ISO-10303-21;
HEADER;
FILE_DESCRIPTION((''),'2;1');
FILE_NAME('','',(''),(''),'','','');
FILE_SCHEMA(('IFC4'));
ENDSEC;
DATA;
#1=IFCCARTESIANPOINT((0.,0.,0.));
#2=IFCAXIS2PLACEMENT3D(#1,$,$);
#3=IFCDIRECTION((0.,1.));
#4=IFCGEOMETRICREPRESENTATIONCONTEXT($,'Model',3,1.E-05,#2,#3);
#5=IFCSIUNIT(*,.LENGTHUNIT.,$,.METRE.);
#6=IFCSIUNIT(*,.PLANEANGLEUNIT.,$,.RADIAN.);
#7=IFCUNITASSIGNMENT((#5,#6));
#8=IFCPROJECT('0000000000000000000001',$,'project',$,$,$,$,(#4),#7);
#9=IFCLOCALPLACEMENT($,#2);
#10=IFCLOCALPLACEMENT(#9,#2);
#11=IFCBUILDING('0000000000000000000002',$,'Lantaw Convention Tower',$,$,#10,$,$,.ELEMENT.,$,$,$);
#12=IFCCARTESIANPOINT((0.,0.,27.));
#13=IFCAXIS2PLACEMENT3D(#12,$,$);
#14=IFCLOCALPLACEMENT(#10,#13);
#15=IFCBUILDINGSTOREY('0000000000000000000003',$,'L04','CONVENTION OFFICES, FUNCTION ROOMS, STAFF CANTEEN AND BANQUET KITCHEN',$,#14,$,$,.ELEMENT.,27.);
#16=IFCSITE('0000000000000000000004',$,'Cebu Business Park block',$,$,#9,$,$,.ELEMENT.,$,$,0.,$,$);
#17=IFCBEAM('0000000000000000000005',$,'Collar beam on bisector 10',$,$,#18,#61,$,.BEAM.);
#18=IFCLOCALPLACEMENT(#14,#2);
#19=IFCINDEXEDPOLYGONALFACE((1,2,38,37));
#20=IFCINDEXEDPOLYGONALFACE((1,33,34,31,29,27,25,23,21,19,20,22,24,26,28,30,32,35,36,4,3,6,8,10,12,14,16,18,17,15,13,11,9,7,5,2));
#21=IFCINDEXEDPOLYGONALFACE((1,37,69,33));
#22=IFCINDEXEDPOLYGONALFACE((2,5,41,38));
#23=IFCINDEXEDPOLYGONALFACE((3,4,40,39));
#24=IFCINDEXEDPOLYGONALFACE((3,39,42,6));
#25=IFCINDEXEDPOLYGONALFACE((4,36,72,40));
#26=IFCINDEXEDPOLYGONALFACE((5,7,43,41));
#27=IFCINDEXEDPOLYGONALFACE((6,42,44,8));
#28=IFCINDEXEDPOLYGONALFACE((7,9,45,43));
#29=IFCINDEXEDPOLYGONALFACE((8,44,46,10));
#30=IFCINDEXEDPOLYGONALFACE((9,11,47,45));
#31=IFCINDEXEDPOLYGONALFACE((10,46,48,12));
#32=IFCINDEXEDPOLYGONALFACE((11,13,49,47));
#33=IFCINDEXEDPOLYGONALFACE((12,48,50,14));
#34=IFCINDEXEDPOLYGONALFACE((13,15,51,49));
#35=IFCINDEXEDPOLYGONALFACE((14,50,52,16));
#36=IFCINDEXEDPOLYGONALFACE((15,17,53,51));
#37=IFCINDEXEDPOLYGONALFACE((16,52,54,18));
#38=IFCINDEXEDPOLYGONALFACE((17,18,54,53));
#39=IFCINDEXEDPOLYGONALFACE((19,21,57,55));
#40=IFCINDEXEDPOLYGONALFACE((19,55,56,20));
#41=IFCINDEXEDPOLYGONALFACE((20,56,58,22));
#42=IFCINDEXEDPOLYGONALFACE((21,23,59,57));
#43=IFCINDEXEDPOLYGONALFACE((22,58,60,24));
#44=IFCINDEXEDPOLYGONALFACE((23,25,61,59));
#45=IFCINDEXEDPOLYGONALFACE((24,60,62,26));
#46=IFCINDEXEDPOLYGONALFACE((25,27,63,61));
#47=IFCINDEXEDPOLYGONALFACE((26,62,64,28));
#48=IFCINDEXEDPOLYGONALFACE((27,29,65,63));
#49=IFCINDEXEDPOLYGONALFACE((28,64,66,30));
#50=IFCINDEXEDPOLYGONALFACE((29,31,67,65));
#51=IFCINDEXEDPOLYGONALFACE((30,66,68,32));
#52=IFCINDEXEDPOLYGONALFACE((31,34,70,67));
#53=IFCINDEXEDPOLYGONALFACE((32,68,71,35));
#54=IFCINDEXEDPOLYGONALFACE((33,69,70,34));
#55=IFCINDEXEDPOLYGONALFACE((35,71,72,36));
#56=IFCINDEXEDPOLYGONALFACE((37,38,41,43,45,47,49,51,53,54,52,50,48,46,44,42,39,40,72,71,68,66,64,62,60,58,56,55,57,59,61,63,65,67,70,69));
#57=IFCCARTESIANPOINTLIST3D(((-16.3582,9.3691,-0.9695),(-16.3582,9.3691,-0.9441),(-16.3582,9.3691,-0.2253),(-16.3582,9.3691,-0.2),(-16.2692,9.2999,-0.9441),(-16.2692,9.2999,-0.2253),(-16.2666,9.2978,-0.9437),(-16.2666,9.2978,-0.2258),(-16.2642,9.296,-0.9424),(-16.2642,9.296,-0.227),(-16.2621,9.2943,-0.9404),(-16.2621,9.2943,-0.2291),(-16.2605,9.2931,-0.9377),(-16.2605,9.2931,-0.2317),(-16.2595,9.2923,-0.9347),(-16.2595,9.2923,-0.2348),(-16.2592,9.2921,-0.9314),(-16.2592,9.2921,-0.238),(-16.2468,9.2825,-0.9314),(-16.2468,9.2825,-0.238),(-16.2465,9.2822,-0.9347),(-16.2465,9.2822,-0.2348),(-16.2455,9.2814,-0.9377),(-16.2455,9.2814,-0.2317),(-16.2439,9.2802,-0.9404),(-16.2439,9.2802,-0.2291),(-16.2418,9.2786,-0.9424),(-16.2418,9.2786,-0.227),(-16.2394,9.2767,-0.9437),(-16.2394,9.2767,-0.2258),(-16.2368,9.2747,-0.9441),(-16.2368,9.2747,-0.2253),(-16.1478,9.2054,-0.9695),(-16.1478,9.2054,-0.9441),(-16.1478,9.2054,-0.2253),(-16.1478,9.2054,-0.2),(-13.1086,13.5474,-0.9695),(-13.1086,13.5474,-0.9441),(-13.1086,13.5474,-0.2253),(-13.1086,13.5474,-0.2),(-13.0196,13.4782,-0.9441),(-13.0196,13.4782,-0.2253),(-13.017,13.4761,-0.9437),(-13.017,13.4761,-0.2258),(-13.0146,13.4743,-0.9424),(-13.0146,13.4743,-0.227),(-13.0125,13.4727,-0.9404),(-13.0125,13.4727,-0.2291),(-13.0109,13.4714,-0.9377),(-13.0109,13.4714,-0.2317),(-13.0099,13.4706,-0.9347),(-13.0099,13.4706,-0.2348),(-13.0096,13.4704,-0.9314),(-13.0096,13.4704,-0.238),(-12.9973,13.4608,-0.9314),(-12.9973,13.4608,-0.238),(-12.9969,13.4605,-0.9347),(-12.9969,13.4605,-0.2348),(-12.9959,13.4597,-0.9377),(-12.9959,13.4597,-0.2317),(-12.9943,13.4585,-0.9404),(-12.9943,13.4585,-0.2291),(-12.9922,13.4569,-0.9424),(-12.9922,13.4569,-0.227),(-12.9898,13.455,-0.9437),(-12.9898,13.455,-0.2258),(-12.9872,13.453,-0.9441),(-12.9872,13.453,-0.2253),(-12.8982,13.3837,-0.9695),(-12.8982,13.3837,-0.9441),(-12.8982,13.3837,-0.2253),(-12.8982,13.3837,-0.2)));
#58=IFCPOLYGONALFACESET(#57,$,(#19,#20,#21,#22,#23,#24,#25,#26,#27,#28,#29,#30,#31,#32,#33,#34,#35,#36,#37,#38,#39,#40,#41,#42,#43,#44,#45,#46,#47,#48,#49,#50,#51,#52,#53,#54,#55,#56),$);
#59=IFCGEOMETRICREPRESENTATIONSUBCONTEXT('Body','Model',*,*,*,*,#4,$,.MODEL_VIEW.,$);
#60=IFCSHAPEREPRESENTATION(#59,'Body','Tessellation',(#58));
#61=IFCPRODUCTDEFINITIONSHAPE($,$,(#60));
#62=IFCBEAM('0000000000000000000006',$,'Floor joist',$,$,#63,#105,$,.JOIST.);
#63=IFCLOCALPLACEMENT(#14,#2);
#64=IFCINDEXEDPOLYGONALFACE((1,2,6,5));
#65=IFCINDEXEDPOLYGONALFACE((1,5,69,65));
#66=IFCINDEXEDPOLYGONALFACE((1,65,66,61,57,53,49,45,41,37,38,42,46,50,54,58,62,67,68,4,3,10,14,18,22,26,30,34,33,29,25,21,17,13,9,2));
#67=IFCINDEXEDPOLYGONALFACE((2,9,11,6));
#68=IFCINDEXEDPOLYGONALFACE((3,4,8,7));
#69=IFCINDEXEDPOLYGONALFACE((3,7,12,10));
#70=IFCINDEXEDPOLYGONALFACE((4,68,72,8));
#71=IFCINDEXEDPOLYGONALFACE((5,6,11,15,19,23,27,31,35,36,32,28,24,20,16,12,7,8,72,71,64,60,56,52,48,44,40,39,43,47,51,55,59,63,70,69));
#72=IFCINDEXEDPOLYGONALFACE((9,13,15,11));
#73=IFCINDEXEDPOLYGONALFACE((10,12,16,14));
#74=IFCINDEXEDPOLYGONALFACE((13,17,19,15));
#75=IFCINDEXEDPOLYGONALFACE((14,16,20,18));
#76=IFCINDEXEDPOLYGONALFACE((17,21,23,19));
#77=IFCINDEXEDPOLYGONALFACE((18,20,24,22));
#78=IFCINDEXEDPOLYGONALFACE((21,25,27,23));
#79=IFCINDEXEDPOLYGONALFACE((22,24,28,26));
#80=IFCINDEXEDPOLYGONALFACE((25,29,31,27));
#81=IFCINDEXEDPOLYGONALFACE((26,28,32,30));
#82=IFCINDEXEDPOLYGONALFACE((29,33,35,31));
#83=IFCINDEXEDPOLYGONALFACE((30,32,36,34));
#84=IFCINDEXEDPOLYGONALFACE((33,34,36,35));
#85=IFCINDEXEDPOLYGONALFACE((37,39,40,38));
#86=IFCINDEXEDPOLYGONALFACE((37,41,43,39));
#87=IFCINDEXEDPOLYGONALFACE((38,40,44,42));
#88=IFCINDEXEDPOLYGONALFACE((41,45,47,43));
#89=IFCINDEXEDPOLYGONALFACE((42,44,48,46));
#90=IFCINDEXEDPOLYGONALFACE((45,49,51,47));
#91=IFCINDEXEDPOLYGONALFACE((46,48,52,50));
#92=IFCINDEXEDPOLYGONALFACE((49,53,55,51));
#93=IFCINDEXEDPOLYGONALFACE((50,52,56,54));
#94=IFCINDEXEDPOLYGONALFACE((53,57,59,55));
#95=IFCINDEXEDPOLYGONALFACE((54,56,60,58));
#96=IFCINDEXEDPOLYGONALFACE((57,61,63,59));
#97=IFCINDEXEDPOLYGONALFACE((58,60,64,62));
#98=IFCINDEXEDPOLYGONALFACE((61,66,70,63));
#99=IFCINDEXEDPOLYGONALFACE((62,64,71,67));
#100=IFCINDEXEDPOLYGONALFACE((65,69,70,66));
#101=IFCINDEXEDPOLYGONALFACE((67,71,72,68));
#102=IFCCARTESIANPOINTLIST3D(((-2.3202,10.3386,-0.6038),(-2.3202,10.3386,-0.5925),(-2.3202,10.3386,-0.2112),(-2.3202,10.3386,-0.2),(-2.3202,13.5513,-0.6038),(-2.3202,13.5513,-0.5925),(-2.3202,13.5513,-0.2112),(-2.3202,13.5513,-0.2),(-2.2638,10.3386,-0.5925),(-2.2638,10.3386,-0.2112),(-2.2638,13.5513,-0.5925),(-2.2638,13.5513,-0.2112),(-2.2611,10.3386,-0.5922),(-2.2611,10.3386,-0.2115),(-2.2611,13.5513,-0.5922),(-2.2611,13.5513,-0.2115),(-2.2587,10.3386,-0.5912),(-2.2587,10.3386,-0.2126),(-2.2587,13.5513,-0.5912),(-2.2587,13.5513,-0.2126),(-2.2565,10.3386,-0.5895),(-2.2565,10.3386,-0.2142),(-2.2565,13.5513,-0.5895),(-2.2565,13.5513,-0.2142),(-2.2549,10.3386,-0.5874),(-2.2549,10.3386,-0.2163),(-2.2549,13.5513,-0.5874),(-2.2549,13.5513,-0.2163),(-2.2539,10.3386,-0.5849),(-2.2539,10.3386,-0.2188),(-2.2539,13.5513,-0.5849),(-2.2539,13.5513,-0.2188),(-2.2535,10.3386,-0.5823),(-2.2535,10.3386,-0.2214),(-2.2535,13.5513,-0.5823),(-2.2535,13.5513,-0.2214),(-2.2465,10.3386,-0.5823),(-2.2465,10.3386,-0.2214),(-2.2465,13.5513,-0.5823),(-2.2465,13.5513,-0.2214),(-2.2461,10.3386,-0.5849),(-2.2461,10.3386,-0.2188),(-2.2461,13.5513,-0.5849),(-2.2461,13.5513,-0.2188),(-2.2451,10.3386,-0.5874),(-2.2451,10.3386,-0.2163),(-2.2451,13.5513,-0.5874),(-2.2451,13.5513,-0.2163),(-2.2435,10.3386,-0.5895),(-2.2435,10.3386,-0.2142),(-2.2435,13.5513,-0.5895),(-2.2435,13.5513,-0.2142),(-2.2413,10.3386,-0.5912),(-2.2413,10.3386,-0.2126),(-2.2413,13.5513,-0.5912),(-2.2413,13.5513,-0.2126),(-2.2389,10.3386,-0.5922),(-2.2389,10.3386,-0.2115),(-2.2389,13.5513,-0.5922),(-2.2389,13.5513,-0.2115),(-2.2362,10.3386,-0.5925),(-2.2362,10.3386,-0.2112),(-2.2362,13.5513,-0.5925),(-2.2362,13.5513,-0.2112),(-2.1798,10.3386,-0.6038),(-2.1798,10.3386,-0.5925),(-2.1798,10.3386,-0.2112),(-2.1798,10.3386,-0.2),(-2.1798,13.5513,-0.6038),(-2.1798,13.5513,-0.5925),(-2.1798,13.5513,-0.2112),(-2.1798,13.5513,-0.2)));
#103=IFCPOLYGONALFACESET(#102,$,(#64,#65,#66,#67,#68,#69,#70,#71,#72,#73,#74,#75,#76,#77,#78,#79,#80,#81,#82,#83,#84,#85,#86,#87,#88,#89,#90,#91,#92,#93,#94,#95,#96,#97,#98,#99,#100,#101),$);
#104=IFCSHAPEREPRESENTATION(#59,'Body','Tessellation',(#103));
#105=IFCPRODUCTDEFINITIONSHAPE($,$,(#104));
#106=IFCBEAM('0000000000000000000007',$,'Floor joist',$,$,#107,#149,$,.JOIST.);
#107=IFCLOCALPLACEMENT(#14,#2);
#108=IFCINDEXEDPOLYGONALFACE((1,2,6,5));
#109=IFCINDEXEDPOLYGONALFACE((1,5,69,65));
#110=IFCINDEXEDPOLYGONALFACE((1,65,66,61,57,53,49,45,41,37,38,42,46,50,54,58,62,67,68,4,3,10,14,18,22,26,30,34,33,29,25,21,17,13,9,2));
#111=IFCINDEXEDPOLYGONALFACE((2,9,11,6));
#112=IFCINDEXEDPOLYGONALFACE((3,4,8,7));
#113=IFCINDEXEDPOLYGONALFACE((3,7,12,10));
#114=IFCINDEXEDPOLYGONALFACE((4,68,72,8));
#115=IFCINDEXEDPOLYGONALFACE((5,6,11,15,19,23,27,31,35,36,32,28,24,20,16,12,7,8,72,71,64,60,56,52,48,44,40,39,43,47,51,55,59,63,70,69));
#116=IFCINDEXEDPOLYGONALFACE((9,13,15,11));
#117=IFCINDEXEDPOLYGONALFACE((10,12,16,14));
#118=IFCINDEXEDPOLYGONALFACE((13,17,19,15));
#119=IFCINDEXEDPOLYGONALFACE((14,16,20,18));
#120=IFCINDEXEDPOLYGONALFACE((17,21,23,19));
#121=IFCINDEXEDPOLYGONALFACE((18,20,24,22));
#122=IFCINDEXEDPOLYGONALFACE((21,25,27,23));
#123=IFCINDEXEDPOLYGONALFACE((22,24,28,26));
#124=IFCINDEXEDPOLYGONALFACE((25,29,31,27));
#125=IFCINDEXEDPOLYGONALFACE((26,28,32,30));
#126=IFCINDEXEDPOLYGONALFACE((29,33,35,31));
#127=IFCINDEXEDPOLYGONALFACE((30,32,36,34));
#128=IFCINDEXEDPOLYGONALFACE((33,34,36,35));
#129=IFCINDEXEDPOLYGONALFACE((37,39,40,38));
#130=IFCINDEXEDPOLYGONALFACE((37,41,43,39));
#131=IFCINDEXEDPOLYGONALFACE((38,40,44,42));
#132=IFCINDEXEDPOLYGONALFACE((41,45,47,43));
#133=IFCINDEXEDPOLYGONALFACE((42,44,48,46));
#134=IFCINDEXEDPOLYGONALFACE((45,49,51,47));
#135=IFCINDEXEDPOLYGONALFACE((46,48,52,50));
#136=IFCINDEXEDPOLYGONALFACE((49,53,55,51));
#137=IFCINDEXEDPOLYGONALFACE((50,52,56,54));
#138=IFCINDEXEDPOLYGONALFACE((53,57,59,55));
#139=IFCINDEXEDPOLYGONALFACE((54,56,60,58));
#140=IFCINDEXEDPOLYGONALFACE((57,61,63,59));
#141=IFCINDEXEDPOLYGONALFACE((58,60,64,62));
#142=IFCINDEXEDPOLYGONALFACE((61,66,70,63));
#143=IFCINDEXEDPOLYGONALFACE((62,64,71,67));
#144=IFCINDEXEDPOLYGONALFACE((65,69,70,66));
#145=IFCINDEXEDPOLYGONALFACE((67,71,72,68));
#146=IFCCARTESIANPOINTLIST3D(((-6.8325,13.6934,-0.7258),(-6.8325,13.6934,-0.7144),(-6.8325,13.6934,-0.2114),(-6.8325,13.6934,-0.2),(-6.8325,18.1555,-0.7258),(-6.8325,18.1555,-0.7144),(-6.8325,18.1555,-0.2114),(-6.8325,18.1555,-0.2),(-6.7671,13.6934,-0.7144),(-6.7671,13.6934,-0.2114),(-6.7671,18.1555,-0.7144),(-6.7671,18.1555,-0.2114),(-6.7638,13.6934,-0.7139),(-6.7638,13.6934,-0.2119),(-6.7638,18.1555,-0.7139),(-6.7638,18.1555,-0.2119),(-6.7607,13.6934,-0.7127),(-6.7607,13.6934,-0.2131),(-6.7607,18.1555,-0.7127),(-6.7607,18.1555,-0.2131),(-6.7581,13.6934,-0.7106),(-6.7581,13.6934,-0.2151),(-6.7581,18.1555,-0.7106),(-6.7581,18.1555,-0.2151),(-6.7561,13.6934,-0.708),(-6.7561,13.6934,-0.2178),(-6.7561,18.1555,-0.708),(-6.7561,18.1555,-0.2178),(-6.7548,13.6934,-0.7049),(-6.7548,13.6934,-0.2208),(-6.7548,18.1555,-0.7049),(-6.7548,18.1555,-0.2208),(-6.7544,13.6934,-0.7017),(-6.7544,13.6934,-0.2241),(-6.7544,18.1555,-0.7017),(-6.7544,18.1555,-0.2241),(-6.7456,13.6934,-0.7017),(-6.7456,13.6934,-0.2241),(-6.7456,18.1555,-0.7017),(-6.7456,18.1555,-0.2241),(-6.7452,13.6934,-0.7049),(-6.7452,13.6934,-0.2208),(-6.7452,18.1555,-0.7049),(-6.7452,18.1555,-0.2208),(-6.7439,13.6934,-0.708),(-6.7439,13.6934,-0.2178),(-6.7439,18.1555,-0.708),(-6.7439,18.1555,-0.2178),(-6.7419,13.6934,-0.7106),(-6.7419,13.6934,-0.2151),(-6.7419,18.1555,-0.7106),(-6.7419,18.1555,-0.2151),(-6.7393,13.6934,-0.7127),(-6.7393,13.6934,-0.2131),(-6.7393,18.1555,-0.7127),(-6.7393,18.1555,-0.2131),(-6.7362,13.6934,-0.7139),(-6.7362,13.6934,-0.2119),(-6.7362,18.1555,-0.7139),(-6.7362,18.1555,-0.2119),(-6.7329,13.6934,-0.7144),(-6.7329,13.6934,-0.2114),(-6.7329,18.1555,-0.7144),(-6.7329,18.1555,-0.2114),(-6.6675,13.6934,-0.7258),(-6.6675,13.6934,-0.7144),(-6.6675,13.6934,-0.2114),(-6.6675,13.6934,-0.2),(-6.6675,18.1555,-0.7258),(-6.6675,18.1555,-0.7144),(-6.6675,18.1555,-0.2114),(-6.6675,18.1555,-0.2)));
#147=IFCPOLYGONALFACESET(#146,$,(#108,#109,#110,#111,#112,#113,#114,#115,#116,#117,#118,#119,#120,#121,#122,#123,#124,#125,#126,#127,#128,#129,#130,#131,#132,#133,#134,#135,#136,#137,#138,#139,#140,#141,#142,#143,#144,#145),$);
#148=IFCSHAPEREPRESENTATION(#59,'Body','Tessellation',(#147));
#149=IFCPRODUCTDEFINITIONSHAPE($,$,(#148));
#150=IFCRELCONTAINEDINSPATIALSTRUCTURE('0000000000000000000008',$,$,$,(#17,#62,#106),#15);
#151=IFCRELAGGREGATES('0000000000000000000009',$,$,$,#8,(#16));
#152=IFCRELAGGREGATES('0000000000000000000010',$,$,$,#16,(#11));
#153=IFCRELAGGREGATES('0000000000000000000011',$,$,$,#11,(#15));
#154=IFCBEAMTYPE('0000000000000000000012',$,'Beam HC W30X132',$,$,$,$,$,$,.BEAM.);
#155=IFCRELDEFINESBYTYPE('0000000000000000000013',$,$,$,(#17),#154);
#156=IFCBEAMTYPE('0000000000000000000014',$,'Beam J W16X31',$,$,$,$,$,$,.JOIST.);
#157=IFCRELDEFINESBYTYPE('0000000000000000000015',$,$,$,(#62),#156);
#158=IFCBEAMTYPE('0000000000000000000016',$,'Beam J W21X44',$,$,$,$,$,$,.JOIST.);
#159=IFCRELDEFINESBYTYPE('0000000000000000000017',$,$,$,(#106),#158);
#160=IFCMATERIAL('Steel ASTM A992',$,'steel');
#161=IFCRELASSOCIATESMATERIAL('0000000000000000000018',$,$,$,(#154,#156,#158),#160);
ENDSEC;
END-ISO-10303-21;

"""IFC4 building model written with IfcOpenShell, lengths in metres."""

from ifc_helpers import new_model, si_unit, direction, frame, origin, origin_2d, place, context, subcontext, project, spatial, i_section, extrude, material, material_profile, profile_set, type_object, element, save


model = new_model("IFC4")

# Units and contexts
model_context = context("Model", 3, precision=1e-05, world=origin(), true_north=direction((0.0, 1.0)))
body_context = subcontext(model_context, "Body", "Model", "MODEL_VIEW")
ifc_project = project(units=[si_unit("LENGTHUNIT", "METRE"), si_unit("PLANEANGLEUNIT", "RADIAN")], contexts=[model_context])

# Site, building, storey
site_placement = place(None, origin())
site = spatial("IfcSite", under=ifc_project, at=site_placement, Name="Cebu Business Park block", CompositionType="ELEMENT", RefElevation=0.0)
building_placement = place(site_placement, origin())
building = spatial("IfcBuilding", under=site, at=building_placement, Name="Lantaw Convention Tower", CompositionType="ELEMENT")
storey_placement = place(building_placement, frame((0.0, 0.0, 27.0)))
storey = spatial("IfcBuildingStorey", under=building, at=storey_placement, Name="L04", Description="CONVENTION OFFICES, FUNCTION ROOMS, STAFF CANTEEN AND BANQUET KITCHEN", CompositionType="ELEMENT", Elevation=27.0)

# Beams
ifc_material_1 = material(Name="Steel ASTM A992", Category="steel")
ifc_material_profile_1 = material_profile(ifc_material_1, i_section(OverallWidth=0.2666, OverallDepth=0.7695, WebThickness=0.0156, FlangeThickness=0.0254, FilletRadius=0.0127, at=origin_2d()), Name="W30X132")
ifc_profile_set_1 = profile_set([ifc_material_profile_1], Name="Steel ASTM A992")
beam_type_1 = type_object("IfcBeamType", Name="Beam HC W30X132", PredefinedType="BEAM", material=ifc_profile_set_1)
beam_1_placement = place(storey_placement, frame((-13.0034, 13.4656, -0.5847), z_axis=(-0.613915, -0.789372, 0.0), x_axis=(0.789372, -0.613915, 0.0)))
element("IfcBeam", 1, at=beam_1_placement, inside=storey, type_object=beam_type_1, Name="Collar beam on bisector 10", PredefinedType="BEAM", context=body_context, shape_type="SweptSolid", body=[
    extrude(i_section(OverallWidth=0.2666, OverallDepth=0.7695, WebThickness=0.0156, FlangeThickness=0.0254, FilletRadius=0.0127, at=origin_2d()), origin(), (0.0, 0.0, 1.0), 5.2932),
])
ifc_material_profile_2 = material_profile(ifc_material_1, i_section(OverallWidth=0.1404, OverallDepth=0.4038, WebThickness=0.0071, FlangeThickness=0.0112, FilletRadius=0.0103, at=origin_2d()), Name="W16X31")
ifc_profile_set_2 = profile_set([ifc_material_profile_2], Name="Steel ASTM A992")
beam_type_2 = type_object("IfcBeamType", Name="Beam J W16X31", PredefinedType="JOIST", material=ifc_profile_set_2)
beam_2_placement = place(storey_placement, frame((-2.25, 10.3386, -0.4019), z_axis=(0.0, 1.0, 0.0), x_axis=(-1.0, 0.0, 0.0)))
element("IfcBeam", 2, at=beam_2_placement, inside=storey, type_object=beam_type_2, Name="Floor joist", PredefinedType="JOIST", context=body_context, shape_type="SweptSolid", body=[
    extrude(i_section(OverallWidth=0.1404, OverallDepth=0.4038, WebThickness=0.0071, FlangeThickness=0.0112, FilletRadius=0.0103, at=origin_2d()), origin(), (0.0, 0.0, 1.0), 3.2126),
])
ifc_material_profile_3 = material_profile(ifc_material_1, i_section(OverallWidth=0.165, OverallDepth=0.5259, WebThickness=0.0088, FlangeThickness=0.0115, FilletRadius=0.0127, at=origin_2d()), Name="W21X44")
ifc_profile_set_3 = profile_set([ifc_material_profile_3], Name="Steel ASTM A992")
beam_type_3 = type_object("IfcBeamType", Name="Beam J W21X44", PredefinedType="JOIST", material=ifc_profile_set_3)
beam_3_placement = place(storey_placement, frame((-6.75, 13.6934, -0.4629), z_axis=(0.0, 1.0, 0.0), x_axis=(-1.0, 0.0, 0.0)))
element("IfcBeam", 3, at=beam_3_placement, inside=storey, type_object=beam_type_3, Name="Floor joist", PredefinedType="JOIST", context=body_context, shape_type="SweptSolid", body=[
    extrude(i_section(OverallWidth=0.165, OverallDepth=0.5259, WebThickness=0.0088, FlangeThickness=0.0115, FilletRadius=0.0127, at=origin_2d()), origin(), (0.0, 0.0, 1.0), 4.4622),
])

save(model, "model.ifc")
